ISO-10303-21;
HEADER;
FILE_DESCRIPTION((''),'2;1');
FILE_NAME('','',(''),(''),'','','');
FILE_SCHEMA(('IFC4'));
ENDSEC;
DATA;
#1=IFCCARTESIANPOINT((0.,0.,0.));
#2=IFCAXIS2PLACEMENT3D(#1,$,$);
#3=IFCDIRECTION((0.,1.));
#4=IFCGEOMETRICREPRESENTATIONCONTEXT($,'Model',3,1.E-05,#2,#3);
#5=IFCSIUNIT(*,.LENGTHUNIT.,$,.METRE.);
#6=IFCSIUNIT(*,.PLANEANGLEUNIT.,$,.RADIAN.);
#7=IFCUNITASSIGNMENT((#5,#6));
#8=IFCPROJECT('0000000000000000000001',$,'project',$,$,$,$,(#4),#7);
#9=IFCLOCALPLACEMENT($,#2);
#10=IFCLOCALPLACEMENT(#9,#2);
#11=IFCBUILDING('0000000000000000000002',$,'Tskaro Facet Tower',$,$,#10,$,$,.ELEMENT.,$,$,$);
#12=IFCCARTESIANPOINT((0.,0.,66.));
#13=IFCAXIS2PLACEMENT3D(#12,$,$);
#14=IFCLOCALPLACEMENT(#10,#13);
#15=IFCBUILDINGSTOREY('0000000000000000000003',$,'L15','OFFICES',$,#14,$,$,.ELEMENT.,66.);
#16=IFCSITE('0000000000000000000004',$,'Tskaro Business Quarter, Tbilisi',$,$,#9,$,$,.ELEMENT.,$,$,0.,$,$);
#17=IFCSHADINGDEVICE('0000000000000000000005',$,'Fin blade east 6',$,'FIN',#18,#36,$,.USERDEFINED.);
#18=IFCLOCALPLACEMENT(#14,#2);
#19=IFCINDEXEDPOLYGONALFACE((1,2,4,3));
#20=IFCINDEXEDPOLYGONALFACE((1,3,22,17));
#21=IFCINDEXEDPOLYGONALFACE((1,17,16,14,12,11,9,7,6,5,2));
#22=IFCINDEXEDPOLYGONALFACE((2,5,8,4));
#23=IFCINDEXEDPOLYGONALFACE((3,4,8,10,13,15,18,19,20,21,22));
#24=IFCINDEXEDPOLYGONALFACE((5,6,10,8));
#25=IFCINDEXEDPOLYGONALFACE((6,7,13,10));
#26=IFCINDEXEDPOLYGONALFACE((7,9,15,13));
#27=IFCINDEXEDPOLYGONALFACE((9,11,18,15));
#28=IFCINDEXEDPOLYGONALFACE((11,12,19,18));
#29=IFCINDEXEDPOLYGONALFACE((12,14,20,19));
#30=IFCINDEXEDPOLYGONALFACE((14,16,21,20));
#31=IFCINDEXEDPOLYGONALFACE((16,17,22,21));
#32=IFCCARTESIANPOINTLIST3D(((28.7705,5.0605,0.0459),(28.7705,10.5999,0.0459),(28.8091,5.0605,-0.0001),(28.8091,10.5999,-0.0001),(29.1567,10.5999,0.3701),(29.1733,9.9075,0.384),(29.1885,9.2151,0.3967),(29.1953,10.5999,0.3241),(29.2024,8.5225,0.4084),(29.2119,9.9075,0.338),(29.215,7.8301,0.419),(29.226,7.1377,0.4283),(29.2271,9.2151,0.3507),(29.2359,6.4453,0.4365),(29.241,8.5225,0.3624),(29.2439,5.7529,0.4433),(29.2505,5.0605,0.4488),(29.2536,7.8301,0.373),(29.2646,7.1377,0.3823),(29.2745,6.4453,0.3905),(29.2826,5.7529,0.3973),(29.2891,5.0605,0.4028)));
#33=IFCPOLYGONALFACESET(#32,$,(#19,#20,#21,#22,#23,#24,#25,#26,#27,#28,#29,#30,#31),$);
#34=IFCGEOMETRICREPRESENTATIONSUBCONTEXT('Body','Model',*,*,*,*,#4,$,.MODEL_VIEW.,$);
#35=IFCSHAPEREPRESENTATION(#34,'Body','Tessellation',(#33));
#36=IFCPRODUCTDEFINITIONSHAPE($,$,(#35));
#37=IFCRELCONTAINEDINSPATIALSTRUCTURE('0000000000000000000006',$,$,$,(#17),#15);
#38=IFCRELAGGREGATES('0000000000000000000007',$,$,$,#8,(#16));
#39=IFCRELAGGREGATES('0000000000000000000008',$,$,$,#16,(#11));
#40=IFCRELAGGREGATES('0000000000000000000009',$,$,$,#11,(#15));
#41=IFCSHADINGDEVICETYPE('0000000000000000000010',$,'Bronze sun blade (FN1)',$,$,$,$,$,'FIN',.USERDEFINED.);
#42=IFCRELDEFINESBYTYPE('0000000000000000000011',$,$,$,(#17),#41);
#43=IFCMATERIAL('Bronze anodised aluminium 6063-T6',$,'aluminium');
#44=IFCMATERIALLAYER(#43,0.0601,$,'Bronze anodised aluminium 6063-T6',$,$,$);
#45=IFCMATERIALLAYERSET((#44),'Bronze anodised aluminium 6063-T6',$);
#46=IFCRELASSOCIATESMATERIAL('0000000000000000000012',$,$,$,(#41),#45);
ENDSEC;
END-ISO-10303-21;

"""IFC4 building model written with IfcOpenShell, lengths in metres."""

from ifc_helpers import new_model, si_unit, direction, frame, origin, place, context, subcontext, project, spatial, polyline, outline, extrude, material, layer, layer_set, type_object, element, save


model = new_model("IFC4")

# Units and contexts
model_context = context("Model", 3, precision=1e-05, world=origin(), true_north=direction((0.0, 1.0)))
body_context = subcontext(model_context, "Body", "Model", "MODEL_VIEW")
ifc_project = project(units=[si_unit("LENGTHUNIT", "METRE"), si_unit("PLANEANGLEUNIT", "RADIAN")], contexts=[model_context])

# Site, building, storey
site_placement = place(None, origin())
site = spatial("IfcSite", under=ifc_project, at=site_placement, Name="Tskaro Business Quarter, Tbilisi", CompositionType="ELEMENT", RefElevation=0.0)
building_placement = place(site_placement, origin())
building = spatial("IfcBuilding", under=site, at=building_placement, Name="Tskaro Facet Tower", CompositionType="ELEMENT")
storey_placement = place(building_placement, frame((0.0, 0.0, 66.0)))
storey = spatial("IfcBuildingStorey", under=building, at=storey_placement, Name="L15", Description="OFFICES", CompositionType="ELEMENT", Elevation=66.0)

# Shared definitions
ifc_material_1 = material(Name="Bronze anodised aluminium 6063-T6", Category="aluminium")

# Shading device
ifc_layer_1 = layer(ifc_material_1, 0.0601, Name="Bronze anodised aluminium 6063-T6")
ifc_layer_set_1 = layer_set([ifc_layer_1], Name="Bronze anodised aluminium 6063-T6")
shading_device_type = type_object("IfcShadingDeviceType", Name="Bronze sun blade (FN1)", ElementType="FIN", PredefinedType="USERDEFINED", material=ifc_layer_set_1)
shading_device_1_placement = place(storey_placement, frame((28.7705, 5.0605, 0.0459), z_axis=(-0.64291, -0.000005, 0.765942), x_axis=(-0.000003, 1.0, 0.000004)))
element("IfcShadingDevice", 1, at=shading_device_1_placement, inside=storey, type_object=shading_device_type, Name="Fin blade east 6", ObjectType="FIN", PredefinedType="USERDEFINED", context=body_context, shape_type="SweptSolid", body=[
    extrude(outline(polyline([(0.0, 0.0), (5.5393, 0.0), (5.5393, -0.5043), (4.8469, -0.5259), (4.1545, -0.5457), (3.4619, -0.5639), (2.7695, -0.5804), (2.0771, -0.5947), (1.3848, -0.6076), (0.6924, -0.6181), (0.0, -0.6266), (0.0, 0.0)])), origin(), (0.0, 0.0, -1.0), 0.0601),
])

save(model, "model.ifc")
